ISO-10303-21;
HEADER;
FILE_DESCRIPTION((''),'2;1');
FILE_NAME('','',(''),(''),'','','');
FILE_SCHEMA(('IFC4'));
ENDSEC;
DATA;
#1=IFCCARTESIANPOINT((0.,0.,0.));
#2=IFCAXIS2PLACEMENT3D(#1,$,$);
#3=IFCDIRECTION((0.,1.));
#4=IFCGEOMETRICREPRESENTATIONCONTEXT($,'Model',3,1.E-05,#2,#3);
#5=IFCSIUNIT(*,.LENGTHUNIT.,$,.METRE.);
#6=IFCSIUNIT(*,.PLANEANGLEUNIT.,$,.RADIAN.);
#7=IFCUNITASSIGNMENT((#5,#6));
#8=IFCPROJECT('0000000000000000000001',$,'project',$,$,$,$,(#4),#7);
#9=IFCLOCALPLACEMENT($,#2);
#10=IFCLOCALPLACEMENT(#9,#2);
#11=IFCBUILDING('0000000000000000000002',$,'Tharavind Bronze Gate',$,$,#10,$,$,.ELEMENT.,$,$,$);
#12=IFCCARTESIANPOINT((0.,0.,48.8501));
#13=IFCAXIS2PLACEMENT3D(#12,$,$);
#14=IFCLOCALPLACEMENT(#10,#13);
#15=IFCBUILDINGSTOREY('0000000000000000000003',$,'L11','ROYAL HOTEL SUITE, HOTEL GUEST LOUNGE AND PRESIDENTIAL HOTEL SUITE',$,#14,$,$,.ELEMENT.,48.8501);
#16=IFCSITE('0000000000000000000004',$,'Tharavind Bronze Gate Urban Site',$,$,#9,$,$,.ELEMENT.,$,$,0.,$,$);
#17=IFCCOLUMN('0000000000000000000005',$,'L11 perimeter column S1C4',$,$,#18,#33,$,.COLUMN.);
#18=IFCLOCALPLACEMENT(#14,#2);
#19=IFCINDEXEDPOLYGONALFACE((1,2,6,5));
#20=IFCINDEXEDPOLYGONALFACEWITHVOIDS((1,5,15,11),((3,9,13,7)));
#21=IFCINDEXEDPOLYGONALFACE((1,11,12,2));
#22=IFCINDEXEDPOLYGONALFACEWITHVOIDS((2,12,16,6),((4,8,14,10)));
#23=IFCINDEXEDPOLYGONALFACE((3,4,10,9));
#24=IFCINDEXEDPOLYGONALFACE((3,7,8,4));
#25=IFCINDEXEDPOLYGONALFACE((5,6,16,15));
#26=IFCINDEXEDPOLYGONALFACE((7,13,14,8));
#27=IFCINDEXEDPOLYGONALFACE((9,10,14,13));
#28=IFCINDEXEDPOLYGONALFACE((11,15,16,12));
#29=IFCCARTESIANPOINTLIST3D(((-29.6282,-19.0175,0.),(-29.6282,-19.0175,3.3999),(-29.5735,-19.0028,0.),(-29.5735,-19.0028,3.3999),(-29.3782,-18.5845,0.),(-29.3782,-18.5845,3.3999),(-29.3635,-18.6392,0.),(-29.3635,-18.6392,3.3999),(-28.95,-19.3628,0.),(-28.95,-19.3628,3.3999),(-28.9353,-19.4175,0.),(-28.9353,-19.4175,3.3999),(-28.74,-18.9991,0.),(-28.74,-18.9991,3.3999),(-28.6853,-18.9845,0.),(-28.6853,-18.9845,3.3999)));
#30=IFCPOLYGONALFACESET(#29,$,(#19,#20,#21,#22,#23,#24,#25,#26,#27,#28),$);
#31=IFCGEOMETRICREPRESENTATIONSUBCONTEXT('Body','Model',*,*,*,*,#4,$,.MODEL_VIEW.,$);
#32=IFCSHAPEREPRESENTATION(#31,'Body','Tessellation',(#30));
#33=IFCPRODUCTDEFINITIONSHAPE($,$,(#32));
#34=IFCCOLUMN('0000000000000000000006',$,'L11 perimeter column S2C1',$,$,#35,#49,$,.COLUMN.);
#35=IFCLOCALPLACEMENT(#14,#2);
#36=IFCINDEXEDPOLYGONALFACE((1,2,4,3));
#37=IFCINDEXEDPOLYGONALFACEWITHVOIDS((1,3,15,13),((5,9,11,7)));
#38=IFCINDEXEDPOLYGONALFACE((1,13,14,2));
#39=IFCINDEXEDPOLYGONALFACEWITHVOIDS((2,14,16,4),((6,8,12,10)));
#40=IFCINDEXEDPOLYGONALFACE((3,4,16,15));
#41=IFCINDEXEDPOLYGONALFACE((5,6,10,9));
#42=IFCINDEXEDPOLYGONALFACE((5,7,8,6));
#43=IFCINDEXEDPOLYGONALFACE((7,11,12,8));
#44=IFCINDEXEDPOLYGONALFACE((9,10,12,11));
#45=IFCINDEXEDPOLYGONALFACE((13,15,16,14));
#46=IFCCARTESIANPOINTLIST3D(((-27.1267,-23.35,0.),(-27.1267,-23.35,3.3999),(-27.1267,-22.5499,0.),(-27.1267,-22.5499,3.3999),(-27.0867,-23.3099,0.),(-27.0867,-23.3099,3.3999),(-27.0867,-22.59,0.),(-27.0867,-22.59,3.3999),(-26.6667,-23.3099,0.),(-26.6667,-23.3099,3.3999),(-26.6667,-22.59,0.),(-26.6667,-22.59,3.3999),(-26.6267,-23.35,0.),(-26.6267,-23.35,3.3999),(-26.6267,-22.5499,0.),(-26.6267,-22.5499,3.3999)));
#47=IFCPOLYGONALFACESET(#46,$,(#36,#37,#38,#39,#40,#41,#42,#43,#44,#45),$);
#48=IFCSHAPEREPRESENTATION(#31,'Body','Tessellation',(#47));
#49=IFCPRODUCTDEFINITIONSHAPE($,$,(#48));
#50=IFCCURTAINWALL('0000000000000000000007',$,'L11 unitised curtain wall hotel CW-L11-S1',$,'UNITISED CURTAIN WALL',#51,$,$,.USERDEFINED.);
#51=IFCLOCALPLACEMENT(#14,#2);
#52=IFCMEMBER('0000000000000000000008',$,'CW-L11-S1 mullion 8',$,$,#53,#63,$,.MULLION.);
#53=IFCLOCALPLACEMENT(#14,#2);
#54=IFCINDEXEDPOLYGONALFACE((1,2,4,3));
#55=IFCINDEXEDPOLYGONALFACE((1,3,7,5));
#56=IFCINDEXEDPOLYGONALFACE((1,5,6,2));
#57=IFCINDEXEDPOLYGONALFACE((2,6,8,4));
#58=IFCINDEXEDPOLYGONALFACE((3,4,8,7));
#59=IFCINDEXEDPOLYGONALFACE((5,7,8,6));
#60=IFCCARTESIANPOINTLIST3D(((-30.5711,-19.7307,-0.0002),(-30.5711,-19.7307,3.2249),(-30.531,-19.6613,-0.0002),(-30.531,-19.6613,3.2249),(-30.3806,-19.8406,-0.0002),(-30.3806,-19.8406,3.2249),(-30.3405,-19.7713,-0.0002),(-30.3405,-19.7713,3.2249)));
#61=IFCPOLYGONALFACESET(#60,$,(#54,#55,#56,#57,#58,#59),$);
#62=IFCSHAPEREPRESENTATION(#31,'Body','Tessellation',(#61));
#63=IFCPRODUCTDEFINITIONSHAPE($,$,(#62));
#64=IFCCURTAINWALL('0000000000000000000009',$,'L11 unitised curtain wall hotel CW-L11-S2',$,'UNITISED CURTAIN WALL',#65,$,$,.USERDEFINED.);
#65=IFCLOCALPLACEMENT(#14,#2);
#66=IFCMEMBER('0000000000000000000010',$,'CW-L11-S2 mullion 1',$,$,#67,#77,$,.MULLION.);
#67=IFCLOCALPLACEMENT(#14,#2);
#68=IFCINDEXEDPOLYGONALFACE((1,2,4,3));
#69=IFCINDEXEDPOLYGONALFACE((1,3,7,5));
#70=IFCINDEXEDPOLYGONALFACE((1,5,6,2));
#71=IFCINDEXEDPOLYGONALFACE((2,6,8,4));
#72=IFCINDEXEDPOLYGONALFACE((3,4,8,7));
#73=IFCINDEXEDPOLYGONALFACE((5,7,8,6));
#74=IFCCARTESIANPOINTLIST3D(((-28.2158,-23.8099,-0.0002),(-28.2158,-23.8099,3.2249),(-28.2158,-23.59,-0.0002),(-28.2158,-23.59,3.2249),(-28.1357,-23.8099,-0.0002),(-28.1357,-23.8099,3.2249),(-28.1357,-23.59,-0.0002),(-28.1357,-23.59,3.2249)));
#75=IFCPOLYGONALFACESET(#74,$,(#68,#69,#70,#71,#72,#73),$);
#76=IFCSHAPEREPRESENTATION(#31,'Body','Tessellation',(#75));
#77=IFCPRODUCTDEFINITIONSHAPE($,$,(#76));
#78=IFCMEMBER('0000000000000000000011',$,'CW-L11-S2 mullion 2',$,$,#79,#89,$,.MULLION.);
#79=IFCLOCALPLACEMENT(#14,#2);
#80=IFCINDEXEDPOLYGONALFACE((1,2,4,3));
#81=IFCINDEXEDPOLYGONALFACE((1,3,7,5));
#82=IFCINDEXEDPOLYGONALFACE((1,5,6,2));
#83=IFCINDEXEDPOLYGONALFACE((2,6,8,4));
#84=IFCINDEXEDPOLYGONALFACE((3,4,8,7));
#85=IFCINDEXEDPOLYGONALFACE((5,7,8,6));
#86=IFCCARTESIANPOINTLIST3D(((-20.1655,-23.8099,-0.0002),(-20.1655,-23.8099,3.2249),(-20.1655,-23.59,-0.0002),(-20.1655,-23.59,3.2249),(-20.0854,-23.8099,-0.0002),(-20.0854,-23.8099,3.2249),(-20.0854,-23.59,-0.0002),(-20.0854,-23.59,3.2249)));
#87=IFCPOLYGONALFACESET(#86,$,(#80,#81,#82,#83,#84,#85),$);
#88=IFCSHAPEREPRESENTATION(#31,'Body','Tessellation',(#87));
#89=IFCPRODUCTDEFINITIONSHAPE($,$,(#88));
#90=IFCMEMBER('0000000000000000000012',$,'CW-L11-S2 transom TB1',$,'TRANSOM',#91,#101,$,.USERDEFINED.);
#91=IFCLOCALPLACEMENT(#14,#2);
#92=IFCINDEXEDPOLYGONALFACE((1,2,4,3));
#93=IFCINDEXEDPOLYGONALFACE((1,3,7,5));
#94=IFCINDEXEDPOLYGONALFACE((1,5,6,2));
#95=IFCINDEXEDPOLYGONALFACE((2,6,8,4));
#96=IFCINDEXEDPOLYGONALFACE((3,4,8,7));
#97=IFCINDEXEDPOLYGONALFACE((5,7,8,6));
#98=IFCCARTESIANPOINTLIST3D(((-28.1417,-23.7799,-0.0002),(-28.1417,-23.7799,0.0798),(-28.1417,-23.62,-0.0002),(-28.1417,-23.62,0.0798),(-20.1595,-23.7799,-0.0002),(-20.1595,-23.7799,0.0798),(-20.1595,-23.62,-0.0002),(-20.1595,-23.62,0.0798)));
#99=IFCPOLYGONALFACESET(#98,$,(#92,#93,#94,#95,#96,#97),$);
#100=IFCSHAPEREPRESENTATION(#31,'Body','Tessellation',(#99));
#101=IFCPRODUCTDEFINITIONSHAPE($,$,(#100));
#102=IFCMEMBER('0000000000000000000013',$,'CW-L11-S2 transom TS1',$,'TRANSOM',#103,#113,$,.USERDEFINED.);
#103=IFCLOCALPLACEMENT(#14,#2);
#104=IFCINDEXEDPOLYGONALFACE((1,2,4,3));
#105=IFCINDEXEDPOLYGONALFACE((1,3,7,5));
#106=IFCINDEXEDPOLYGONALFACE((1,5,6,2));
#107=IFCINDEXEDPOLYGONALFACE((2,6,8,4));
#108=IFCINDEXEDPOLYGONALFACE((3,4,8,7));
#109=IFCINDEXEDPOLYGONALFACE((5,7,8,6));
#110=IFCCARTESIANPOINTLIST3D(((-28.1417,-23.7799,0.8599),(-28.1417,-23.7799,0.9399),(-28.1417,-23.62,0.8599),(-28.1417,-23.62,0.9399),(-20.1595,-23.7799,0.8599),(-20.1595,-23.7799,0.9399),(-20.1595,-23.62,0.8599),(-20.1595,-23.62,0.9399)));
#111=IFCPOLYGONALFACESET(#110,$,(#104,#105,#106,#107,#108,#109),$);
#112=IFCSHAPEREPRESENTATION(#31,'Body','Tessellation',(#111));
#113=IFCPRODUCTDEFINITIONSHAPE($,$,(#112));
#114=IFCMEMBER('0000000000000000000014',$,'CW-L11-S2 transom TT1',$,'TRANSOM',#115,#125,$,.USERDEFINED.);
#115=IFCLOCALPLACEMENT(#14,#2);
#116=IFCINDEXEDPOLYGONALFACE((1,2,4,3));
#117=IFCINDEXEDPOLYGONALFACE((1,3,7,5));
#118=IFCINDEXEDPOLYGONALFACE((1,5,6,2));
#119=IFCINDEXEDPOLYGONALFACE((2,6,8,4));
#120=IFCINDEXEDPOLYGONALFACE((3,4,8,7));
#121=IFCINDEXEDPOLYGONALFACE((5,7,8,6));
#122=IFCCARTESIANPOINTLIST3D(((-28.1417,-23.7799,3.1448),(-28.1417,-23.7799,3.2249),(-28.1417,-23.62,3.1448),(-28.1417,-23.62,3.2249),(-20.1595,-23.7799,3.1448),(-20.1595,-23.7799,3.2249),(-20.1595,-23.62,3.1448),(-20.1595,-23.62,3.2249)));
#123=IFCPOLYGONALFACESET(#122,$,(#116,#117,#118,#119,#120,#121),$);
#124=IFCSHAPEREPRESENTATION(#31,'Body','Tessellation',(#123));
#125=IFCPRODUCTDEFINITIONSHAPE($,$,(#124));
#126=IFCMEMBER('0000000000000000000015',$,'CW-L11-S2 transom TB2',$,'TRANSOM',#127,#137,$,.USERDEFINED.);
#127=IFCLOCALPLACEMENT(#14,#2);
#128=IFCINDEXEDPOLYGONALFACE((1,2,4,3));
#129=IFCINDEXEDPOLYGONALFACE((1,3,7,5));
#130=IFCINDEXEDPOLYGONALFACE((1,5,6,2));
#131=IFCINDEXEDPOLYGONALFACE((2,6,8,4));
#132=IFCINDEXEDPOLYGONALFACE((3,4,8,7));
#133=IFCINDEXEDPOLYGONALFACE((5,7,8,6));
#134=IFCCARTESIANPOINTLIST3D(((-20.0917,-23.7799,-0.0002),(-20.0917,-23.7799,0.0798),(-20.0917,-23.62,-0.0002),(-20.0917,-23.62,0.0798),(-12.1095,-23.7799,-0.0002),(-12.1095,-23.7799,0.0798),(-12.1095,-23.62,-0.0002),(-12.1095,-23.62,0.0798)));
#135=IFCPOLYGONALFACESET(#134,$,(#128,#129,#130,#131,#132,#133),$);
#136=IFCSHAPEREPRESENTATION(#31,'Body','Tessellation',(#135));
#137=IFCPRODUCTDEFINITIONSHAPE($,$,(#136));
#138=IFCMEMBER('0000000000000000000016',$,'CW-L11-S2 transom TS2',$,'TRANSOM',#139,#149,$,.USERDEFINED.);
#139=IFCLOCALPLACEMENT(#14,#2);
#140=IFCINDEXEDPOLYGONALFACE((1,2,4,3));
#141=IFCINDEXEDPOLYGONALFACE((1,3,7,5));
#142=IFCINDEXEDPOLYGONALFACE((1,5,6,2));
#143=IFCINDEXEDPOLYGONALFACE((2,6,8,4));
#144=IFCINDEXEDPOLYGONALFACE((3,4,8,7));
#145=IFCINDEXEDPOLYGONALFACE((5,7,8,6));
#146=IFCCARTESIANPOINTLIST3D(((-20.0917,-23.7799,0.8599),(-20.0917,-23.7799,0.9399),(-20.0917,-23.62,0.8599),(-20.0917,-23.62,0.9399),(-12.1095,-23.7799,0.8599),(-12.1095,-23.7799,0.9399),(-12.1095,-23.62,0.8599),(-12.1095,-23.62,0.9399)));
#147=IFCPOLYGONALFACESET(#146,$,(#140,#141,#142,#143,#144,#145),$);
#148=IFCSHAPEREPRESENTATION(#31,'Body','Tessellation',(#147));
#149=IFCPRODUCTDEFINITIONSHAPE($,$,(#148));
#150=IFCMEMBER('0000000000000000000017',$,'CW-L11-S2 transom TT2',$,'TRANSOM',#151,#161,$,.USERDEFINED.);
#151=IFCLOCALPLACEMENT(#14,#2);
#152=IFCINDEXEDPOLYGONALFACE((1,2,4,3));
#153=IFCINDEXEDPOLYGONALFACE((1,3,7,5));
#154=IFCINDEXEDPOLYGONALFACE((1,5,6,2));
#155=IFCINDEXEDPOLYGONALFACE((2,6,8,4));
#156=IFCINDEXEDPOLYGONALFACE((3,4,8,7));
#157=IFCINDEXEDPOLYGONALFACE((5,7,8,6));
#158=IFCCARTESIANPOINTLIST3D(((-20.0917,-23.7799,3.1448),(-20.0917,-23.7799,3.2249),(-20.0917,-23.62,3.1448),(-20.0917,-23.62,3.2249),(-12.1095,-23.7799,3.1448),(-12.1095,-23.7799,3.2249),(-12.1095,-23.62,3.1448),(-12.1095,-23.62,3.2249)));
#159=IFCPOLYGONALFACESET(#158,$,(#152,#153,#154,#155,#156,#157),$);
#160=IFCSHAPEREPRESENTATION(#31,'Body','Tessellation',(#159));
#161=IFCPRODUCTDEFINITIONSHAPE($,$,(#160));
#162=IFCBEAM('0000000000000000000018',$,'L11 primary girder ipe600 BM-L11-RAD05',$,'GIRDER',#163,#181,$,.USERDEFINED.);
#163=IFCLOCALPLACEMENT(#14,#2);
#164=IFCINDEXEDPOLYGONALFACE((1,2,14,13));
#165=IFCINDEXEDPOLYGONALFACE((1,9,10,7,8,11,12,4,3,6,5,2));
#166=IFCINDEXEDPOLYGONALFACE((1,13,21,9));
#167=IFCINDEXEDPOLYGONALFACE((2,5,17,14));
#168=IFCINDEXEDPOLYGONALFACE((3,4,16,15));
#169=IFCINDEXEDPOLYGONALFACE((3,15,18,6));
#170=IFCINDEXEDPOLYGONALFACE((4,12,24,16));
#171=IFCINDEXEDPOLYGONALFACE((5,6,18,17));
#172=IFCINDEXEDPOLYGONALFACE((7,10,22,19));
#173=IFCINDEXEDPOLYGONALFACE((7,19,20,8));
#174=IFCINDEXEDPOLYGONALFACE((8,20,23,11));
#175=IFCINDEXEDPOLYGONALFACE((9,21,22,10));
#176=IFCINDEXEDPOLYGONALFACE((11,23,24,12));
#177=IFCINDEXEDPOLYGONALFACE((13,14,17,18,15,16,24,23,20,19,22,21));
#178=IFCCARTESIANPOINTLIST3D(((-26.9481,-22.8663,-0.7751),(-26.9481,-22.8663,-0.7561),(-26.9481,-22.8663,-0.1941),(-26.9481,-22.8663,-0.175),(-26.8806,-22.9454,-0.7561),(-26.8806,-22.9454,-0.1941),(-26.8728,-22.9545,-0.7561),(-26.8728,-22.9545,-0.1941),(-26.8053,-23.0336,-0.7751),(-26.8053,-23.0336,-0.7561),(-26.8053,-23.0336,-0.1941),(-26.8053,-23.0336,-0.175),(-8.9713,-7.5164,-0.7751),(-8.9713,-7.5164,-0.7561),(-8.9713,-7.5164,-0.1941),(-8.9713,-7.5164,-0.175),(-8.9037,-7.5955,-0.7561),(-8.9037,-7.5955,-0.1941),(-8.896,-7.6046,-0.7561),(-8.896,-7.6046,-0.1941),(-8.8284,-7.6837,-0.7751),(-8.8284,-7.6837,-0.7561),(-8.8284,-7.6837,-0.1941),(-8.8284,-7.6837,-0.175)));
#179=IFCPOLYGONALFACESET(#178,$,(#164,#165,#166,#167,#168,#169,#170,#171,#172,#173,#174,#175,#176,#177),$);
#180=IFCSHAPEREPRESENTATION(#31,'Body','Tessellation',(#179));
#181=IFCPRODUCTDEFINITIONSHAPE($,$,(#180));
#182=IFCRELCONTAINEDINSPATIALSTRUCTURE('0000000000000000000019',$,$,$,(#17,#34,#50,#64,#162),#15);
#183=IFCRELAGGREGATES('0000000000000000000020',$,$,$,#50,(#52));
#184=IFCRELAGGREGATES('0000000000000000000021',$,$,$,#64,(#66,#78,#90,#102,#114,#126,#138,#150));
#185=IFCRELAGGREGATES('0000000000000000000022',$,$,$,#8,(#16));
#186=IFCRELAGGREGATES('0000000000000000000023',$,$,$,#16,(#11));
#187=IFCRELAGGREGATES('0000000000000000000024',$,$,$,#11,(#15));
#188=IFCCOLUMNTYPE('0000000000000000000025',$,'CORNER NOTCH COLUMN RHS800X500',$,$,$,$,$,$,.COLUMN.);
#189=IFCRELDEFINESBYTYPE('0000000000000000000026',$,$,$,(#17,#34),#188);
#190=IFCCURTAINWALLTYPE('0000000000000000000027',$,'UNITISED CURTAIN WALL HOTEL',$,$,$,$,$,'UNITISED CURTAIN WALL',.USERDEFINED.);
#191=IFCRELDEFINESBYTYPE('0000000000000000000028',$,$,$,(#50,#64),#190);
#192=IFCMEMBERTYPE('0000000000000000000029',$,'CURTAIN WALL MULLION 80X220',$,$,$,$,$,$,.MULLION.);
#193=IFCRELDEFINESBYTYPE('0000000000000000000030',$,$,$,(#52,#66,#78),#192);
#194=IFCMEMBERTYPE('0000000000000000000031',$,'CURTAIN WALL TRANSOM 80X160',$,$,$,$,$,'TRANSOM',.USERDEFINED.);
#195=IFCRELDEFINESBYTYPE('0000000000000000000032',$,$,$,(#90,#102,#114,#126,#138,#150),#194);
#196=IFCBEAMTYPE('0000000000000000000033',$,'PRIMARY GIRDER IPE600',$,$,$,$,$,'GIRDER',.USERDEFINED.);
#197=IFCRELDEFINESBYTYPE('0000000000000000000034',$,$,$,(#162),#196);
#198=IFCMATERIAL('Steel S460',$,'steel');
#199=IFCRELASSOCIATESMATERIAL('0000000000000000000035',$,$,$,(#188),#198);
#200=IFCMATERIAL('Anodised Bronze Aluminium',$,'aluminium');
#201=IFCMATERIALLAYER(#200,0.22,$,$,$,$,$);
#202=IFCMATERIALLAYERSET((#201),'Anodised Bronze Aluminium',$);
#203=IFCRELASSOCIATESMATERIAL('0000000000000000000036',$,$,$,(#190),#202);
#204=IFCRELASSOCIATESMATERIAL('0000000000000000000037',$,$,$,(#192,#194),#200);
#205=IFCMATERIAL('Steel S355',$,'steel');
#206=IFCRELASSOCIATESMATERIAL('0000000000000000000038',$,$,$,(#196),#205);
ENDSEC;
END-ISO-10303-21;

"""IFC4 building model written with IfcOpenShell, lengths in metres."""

from ifc_helpers import new_model, si_unit, direction, frame, origin, origin_2d, place, context, subcontext, project, spatial, rectangle, hollow_rectangle, i_section, extrude, material, layer, layer_set, material_profile, profile_set, type_object, element, aggregate, save


model = new_model("IFC4")

# Units and contexts
model_context = context("Model", 3, precision=1e-05, world=origin(), true_north=direction((0.0, 1.0)))
body_context = subcontext(model_context, "Body", "Model", "MODEL_VIEW")
ifc_project = project(units=[si_unit("LENGTHUNIT", "METRE"), si_unit("PLANEANGLEUNIT", "RADIAN")], contexts=[model_context])

# Site, building, storey
site_placement = place(None, origin())
site = spatial("IfcSite", under=ifc_project, at=site_placement, Name="Tharavind Bronze Gate Urban Site", CompositionType="ELEMENT", RefElevation=0.0)
building_placement = place(site_placement, origin())
building = spatial("IfcBuilding", under=site, at=building_placement, Name="Tharavind Bronze Gate", CompositionType="ELEMENT")
storey_placement = place(building_placement, frame((0.0, 0.0, 48.8501)))
storey = spatial("IfcBuildingStorey", under=building, at=storey_placement, Name="L11", Description="ROYAL HOTEL SUITE, HOTEL GUEST LOUNGE AND PRESIDENTIAL HOTEL SUITE", CompositionType="ELEMENT", Elevation=48.8501)

# Columns
ifc_material_1 = material(Name="Steel S460", Category="steel")
ifc_material_profile_1 = material_profile(ifc_material_1, hollow_rectangle(XDim=0.5, YDim=0.8, WallThickness=0.04, at=origin_2d()), Name="RHS800X500X40")
ifc_profile_set_1 = profile_set([ifc_material_profile_1], Name="Steel S460")
column_type = type_object("IfcColumnType", Name="CORNER NOTCH COLUMN RHS800X500", PredefinedType="COLUMN", material=ifc_profile_set_1)
for number, where, z_axis, x_axis, name in (
    (1, (-29.1567, -19.001, 0.0), (0.0, 0.0, 1.0), (0.500002, 0.866025, 0.0), "L11 perimeter column S1C4"),
    (2, (-26.8767, -22.95, 0.0), (0.0, 0.0, 1.0), (1.0, 0.0, 0.0), "L11 perimeter column S2C1"),
):
    element("IfcColumn", number, at=place(storey_placement, frame(where, z_axis=z_axis, x_axis=x_axis)), inside=storey, type_object=column_type, Name=name, PredefinedType="COLUMN", context=body_context, shape_type="SweptSolid", body=[
        extrude(hollow_rectangle(XDim=0.5, YDim=0.8, WallThickness=0.04, at=origin_2d()), origin(), (0.0, 0.0, 1.0), 3.3999),
    ])

# Curtain wall, member
ifc_material_2 = material(Name="Anodised Bronze Aluminium", Category="aluminium")
ifc_layer_1 = layer(ifc_material_2, 0.22)
ifc_layer_set_1 = layer_set([ifc_layer_1], Name="Anodised Bronze Aluminium")
curtain_wall_type = type_object("IfcCurtainWallType", Name="UNITISED CURTAIN WALL HOTEL", ElementType="UNITISED CURTAIN WALL", PredefinedType="USERDEFINED", material=ifc_layer_set_1)
curtain_wall_1_placement = place(storey_placement, origin())
curtain_wall_1 = element("IfcCurtainWall", 3, at=curtain_wall_1_placement, inside=storey, type_object=curtain_wall_type, Name="L11 unitised curtain wall hotel CW-L11-S1", ObjectType="UNITISED CURTAIN WALL", PredefinedType="USERDEFINED")
member_type_1 = type_object("IfcMemberType", Name="CURTAIN WALL MULLION 80X220", PredefinedType="MULLION", material=ifc_material_2)
member_1_placement = place(storey_placement, frame((-30.4558, -19.751, -0.0002), z_axis=(0.0, 0.0, 1.0), x_axis=(-0.500002, -0.866025, 0.0)))
member_1 = element("IfcMember", 4, at=member_1_placement, type_object=member_type_1, Name="CW-L11-S1 mullion 8", PredefinedType="MULLION", context=body_context, shape_type="SweptSolid", body=[
    extrude(rectangle(XDim=0.0801, YDim=0.22, at=origin_2d()), origin(), (0.0, 0.0, 1.0), 3.2251),
])
aggregate(curtain_wall_1, [member_1])

# Curtain wall, members
curtain_wall_2_placement = place(storey_placement, origin())
curtain_wall_2 = element("IfcCurtainWall", 5, at=curtain_wall_2_placement, inside=storey, type_object=curtain_wall_type, Name="L11 unitised curtain wall hotel CW-L11-S2", ObjectType="UNITISED CURTAIN WALL", PredefinedType="USERDEFINED")
member_2_placement = place(storey_placement, frame((-28.1758, -23.7, -0.0002), z_axis=(0.0, 0.0, 1.0), x_axis=(1.0, 0.0, 0.0)))
member_2 = element("IfcMember", 6, at=member_2_placement, type_object=member_type_1, Name="CW-L11-S2 mullion 1", PredefinedType="MULLION", context=body_context, shape_type="SweptSolid", body=[
    extrude(rectangle(XDim=0.0801, YDim=0.22, at=origin_2d()), origin(), (0.0, 0.0, 1.0), 3.2251),
])
member_3_placement = place(storey_placement, frame((-20.1255, -23.7, -0.0002), z_axis=(0.0, 0.0, 1.0), x_axis=(1.0, 0.0, 0.0)))
member_3 = element("IfcMember", 7, at=member_3_placement, type_object=member_type_1, Name="CW-L11-S2 mullion 2", PredefinedType="MULLION", context=body_context, shape_type="SweptSolid", body=[
    extrude(rectangle(XDim=0.0801, YDim=0.22, at=origin_2d()), origin(), (0.0, 0.0, 1.0), 3.2251),
])
member_type_2 = type_object("IfcMemberType", Name="CURTAIN WALL TRANSOM 80X160", ElementType="TRANSOM", PredefinedType="USERDEFINED", material=ifc_material_2)
member_4_placement = place(storey_placement, frame((-24.1506, -23.7, -0.0002), z_axis=(0.0, 0.0, 1.0), x_axis=(1.0, 0.0, 0.0)))
member_4 = element("IfcMember", 8, at=member_4_placement, type_object=member_type_2, Name="CW-L11-S2 transom TB1", ObjectType="TRANSOM", PredefinedType="USERDEFINED", context=body_context, shape_type="SweptSolid", body=[
    extrude(rectangle(XDim=7.9822, YDim=0.1599, at=origin_2d()), origin(), (0.0, 0.0, 1.0), 0.0801),
])
member_5_placement = place(storey_placement, frame((-24.1506, -23.7, 0.8599), z_axis=(0.0, 0.0, 1.0), x_axis=(1.0, 0.0, 0.0)))
member_5 = element("IfcMember", 9, at=member_5_placement, type_object=member_type_2, Name="CW-L11-S2 transom TS1", ObjectType="TRANSOM", PredefinedType="USERDEFINED", context=body_context, shape_type="SweptSolid", body=[
    extrude(rectangle(XDim=7.9822, YDim=0.1599, at=origin_2d()), origin(), (0.0, 0.0, 1.0), 0.0801),
])
member_6_placement = place(storey_placement, frame((-24.1506, -23.7, 3.1448), z_axis=(0.0, 0.0, 1.0), x_axis=(1.0, 0.0, 0.0)))
member_6 = element("IfcMember", 10, at=member_6_placement, type_object=member_type_2, Name="CW-L11-S2 transom TT1", ObjectType="TRANSOM", PredefinedType="USERDEFINED", context=body_context, shape_type="SweptSolid", body=[
    extrude(rectangle(XDim=7.9822, YDim=0.1599, at=origin_2d()), origin(), (0.0, 0.0, 1.0), 0.0801),
])
member_7_placement = place(storey_placement, frame((-16.1006, -23.7, -0.0002), z_axis=(0.0, 0.0, 1.0), x_axis=(1.0, 0.0, 0.0)))
member_7 = element("IfcMember", 11, at=member_7_placement, type_object=member_type_2, Name="CW-L11-S2 transom TB2", ObjectType="TRANSOM", PredefinedType="USERDEFINED", context=body_context, shape_type="SweptSolid", body=[
    extrude(rectangle(XDim=7.9822, YDim=0.1599, at=origin_2d()), origin(), (0.0, 0.0, 1.0), 0.0801),
])
member_8_placement = place(storey_placement, frame((-16.1006, -23.7, 0.8599), z_axis=(0.0, 0.0, 1.0), x_axis=(1.0, 0.0, 0.0)))
member_8 = element("IfcMember", 12, at=member_8_placement, type_object=member_type_2, Name="CW-L11-S2 transom TS2", ObjectType="TRANSOM", PredefinedType="USERDEFINED", context=body_context, shape_type="SweptSolid", body=[
    extrude(rectangle(XDim=7.9822, YDim=0.1599, at=origin_2d()), origin(), (0.0, 0.0, 1.0), 0.0801),
])
member_9_placement = place(storey_placement, frame((-16.1006, -23.7, 3.1448), z_axis=(0.0, 0.0, 1.0), x_axis=(1.0, 0.0, 0.0)))
member_9 = element("IfcMember", 13, at=member_9_placement, type_object=member_type_2, Name="CW-L11-S2 transom TT2", ObjectType="TRANSOM", PredefinedType="USERDEFINED", context=body_context, shape_type="SweptSolid", body=[
    extrude(rectangle(XDim=7.9822, YDim=0.1599, at=origin_2d()), origin(), (0.0, 0.0, 1.0), 0.0801),
])

# Beam
ifc_material_3 = material(Name="Steel S355", Category="steel")
ifc_material_profile_2 = material_profile(ifc_material_3, i_section(OverallWidth=0.22, OverallDepth=0.6001, WebThickness=0.012, FlangeThickness=0.019, at=origin_2d()), Name="IPE600")
ifc_profile_set_2 = profile_set([ifc_material_profile_2], Name="Steel S355")
beam_type_1 = type_object("IfcBeamType", Name="PRIMARY GIRDER IPE600", ElementType="GIRDER", PredefinedType="USERDEFINED", material=ifc_profile_set_2)
beam_1_placement = place(storey_placement, frame((-26.8767, -22.95, -0.4751), z_axis=(0.760485, 0.649355, 0.0), x_axis=(-0.649355, 0.760485, 0.0)))
element("IfcBeam", 14, at=beam_1_placement, inside=storey, type_object=beam_type_1, Name="L11 primary girder ipe600 BM-L11-RAD05", ObjectType="GIRDER", PredefinedType="USERDEFINED", context=body_context, shape_type="SweptSolid", body=[
    extrude(i_section(OverallWidth=0.22, OverallDepth=0.6001, WebThickness=0.012, FlangeThickness=0.019, at=origin_2d()), origin(), (0.0, 0.0, 1.0), 23.6387),
])

aggregate(curtain_wall_2, [member_2, member_3, member_4, member_5, member_6, member_7, member_8, member_9])

save(model, "model.ifc")
